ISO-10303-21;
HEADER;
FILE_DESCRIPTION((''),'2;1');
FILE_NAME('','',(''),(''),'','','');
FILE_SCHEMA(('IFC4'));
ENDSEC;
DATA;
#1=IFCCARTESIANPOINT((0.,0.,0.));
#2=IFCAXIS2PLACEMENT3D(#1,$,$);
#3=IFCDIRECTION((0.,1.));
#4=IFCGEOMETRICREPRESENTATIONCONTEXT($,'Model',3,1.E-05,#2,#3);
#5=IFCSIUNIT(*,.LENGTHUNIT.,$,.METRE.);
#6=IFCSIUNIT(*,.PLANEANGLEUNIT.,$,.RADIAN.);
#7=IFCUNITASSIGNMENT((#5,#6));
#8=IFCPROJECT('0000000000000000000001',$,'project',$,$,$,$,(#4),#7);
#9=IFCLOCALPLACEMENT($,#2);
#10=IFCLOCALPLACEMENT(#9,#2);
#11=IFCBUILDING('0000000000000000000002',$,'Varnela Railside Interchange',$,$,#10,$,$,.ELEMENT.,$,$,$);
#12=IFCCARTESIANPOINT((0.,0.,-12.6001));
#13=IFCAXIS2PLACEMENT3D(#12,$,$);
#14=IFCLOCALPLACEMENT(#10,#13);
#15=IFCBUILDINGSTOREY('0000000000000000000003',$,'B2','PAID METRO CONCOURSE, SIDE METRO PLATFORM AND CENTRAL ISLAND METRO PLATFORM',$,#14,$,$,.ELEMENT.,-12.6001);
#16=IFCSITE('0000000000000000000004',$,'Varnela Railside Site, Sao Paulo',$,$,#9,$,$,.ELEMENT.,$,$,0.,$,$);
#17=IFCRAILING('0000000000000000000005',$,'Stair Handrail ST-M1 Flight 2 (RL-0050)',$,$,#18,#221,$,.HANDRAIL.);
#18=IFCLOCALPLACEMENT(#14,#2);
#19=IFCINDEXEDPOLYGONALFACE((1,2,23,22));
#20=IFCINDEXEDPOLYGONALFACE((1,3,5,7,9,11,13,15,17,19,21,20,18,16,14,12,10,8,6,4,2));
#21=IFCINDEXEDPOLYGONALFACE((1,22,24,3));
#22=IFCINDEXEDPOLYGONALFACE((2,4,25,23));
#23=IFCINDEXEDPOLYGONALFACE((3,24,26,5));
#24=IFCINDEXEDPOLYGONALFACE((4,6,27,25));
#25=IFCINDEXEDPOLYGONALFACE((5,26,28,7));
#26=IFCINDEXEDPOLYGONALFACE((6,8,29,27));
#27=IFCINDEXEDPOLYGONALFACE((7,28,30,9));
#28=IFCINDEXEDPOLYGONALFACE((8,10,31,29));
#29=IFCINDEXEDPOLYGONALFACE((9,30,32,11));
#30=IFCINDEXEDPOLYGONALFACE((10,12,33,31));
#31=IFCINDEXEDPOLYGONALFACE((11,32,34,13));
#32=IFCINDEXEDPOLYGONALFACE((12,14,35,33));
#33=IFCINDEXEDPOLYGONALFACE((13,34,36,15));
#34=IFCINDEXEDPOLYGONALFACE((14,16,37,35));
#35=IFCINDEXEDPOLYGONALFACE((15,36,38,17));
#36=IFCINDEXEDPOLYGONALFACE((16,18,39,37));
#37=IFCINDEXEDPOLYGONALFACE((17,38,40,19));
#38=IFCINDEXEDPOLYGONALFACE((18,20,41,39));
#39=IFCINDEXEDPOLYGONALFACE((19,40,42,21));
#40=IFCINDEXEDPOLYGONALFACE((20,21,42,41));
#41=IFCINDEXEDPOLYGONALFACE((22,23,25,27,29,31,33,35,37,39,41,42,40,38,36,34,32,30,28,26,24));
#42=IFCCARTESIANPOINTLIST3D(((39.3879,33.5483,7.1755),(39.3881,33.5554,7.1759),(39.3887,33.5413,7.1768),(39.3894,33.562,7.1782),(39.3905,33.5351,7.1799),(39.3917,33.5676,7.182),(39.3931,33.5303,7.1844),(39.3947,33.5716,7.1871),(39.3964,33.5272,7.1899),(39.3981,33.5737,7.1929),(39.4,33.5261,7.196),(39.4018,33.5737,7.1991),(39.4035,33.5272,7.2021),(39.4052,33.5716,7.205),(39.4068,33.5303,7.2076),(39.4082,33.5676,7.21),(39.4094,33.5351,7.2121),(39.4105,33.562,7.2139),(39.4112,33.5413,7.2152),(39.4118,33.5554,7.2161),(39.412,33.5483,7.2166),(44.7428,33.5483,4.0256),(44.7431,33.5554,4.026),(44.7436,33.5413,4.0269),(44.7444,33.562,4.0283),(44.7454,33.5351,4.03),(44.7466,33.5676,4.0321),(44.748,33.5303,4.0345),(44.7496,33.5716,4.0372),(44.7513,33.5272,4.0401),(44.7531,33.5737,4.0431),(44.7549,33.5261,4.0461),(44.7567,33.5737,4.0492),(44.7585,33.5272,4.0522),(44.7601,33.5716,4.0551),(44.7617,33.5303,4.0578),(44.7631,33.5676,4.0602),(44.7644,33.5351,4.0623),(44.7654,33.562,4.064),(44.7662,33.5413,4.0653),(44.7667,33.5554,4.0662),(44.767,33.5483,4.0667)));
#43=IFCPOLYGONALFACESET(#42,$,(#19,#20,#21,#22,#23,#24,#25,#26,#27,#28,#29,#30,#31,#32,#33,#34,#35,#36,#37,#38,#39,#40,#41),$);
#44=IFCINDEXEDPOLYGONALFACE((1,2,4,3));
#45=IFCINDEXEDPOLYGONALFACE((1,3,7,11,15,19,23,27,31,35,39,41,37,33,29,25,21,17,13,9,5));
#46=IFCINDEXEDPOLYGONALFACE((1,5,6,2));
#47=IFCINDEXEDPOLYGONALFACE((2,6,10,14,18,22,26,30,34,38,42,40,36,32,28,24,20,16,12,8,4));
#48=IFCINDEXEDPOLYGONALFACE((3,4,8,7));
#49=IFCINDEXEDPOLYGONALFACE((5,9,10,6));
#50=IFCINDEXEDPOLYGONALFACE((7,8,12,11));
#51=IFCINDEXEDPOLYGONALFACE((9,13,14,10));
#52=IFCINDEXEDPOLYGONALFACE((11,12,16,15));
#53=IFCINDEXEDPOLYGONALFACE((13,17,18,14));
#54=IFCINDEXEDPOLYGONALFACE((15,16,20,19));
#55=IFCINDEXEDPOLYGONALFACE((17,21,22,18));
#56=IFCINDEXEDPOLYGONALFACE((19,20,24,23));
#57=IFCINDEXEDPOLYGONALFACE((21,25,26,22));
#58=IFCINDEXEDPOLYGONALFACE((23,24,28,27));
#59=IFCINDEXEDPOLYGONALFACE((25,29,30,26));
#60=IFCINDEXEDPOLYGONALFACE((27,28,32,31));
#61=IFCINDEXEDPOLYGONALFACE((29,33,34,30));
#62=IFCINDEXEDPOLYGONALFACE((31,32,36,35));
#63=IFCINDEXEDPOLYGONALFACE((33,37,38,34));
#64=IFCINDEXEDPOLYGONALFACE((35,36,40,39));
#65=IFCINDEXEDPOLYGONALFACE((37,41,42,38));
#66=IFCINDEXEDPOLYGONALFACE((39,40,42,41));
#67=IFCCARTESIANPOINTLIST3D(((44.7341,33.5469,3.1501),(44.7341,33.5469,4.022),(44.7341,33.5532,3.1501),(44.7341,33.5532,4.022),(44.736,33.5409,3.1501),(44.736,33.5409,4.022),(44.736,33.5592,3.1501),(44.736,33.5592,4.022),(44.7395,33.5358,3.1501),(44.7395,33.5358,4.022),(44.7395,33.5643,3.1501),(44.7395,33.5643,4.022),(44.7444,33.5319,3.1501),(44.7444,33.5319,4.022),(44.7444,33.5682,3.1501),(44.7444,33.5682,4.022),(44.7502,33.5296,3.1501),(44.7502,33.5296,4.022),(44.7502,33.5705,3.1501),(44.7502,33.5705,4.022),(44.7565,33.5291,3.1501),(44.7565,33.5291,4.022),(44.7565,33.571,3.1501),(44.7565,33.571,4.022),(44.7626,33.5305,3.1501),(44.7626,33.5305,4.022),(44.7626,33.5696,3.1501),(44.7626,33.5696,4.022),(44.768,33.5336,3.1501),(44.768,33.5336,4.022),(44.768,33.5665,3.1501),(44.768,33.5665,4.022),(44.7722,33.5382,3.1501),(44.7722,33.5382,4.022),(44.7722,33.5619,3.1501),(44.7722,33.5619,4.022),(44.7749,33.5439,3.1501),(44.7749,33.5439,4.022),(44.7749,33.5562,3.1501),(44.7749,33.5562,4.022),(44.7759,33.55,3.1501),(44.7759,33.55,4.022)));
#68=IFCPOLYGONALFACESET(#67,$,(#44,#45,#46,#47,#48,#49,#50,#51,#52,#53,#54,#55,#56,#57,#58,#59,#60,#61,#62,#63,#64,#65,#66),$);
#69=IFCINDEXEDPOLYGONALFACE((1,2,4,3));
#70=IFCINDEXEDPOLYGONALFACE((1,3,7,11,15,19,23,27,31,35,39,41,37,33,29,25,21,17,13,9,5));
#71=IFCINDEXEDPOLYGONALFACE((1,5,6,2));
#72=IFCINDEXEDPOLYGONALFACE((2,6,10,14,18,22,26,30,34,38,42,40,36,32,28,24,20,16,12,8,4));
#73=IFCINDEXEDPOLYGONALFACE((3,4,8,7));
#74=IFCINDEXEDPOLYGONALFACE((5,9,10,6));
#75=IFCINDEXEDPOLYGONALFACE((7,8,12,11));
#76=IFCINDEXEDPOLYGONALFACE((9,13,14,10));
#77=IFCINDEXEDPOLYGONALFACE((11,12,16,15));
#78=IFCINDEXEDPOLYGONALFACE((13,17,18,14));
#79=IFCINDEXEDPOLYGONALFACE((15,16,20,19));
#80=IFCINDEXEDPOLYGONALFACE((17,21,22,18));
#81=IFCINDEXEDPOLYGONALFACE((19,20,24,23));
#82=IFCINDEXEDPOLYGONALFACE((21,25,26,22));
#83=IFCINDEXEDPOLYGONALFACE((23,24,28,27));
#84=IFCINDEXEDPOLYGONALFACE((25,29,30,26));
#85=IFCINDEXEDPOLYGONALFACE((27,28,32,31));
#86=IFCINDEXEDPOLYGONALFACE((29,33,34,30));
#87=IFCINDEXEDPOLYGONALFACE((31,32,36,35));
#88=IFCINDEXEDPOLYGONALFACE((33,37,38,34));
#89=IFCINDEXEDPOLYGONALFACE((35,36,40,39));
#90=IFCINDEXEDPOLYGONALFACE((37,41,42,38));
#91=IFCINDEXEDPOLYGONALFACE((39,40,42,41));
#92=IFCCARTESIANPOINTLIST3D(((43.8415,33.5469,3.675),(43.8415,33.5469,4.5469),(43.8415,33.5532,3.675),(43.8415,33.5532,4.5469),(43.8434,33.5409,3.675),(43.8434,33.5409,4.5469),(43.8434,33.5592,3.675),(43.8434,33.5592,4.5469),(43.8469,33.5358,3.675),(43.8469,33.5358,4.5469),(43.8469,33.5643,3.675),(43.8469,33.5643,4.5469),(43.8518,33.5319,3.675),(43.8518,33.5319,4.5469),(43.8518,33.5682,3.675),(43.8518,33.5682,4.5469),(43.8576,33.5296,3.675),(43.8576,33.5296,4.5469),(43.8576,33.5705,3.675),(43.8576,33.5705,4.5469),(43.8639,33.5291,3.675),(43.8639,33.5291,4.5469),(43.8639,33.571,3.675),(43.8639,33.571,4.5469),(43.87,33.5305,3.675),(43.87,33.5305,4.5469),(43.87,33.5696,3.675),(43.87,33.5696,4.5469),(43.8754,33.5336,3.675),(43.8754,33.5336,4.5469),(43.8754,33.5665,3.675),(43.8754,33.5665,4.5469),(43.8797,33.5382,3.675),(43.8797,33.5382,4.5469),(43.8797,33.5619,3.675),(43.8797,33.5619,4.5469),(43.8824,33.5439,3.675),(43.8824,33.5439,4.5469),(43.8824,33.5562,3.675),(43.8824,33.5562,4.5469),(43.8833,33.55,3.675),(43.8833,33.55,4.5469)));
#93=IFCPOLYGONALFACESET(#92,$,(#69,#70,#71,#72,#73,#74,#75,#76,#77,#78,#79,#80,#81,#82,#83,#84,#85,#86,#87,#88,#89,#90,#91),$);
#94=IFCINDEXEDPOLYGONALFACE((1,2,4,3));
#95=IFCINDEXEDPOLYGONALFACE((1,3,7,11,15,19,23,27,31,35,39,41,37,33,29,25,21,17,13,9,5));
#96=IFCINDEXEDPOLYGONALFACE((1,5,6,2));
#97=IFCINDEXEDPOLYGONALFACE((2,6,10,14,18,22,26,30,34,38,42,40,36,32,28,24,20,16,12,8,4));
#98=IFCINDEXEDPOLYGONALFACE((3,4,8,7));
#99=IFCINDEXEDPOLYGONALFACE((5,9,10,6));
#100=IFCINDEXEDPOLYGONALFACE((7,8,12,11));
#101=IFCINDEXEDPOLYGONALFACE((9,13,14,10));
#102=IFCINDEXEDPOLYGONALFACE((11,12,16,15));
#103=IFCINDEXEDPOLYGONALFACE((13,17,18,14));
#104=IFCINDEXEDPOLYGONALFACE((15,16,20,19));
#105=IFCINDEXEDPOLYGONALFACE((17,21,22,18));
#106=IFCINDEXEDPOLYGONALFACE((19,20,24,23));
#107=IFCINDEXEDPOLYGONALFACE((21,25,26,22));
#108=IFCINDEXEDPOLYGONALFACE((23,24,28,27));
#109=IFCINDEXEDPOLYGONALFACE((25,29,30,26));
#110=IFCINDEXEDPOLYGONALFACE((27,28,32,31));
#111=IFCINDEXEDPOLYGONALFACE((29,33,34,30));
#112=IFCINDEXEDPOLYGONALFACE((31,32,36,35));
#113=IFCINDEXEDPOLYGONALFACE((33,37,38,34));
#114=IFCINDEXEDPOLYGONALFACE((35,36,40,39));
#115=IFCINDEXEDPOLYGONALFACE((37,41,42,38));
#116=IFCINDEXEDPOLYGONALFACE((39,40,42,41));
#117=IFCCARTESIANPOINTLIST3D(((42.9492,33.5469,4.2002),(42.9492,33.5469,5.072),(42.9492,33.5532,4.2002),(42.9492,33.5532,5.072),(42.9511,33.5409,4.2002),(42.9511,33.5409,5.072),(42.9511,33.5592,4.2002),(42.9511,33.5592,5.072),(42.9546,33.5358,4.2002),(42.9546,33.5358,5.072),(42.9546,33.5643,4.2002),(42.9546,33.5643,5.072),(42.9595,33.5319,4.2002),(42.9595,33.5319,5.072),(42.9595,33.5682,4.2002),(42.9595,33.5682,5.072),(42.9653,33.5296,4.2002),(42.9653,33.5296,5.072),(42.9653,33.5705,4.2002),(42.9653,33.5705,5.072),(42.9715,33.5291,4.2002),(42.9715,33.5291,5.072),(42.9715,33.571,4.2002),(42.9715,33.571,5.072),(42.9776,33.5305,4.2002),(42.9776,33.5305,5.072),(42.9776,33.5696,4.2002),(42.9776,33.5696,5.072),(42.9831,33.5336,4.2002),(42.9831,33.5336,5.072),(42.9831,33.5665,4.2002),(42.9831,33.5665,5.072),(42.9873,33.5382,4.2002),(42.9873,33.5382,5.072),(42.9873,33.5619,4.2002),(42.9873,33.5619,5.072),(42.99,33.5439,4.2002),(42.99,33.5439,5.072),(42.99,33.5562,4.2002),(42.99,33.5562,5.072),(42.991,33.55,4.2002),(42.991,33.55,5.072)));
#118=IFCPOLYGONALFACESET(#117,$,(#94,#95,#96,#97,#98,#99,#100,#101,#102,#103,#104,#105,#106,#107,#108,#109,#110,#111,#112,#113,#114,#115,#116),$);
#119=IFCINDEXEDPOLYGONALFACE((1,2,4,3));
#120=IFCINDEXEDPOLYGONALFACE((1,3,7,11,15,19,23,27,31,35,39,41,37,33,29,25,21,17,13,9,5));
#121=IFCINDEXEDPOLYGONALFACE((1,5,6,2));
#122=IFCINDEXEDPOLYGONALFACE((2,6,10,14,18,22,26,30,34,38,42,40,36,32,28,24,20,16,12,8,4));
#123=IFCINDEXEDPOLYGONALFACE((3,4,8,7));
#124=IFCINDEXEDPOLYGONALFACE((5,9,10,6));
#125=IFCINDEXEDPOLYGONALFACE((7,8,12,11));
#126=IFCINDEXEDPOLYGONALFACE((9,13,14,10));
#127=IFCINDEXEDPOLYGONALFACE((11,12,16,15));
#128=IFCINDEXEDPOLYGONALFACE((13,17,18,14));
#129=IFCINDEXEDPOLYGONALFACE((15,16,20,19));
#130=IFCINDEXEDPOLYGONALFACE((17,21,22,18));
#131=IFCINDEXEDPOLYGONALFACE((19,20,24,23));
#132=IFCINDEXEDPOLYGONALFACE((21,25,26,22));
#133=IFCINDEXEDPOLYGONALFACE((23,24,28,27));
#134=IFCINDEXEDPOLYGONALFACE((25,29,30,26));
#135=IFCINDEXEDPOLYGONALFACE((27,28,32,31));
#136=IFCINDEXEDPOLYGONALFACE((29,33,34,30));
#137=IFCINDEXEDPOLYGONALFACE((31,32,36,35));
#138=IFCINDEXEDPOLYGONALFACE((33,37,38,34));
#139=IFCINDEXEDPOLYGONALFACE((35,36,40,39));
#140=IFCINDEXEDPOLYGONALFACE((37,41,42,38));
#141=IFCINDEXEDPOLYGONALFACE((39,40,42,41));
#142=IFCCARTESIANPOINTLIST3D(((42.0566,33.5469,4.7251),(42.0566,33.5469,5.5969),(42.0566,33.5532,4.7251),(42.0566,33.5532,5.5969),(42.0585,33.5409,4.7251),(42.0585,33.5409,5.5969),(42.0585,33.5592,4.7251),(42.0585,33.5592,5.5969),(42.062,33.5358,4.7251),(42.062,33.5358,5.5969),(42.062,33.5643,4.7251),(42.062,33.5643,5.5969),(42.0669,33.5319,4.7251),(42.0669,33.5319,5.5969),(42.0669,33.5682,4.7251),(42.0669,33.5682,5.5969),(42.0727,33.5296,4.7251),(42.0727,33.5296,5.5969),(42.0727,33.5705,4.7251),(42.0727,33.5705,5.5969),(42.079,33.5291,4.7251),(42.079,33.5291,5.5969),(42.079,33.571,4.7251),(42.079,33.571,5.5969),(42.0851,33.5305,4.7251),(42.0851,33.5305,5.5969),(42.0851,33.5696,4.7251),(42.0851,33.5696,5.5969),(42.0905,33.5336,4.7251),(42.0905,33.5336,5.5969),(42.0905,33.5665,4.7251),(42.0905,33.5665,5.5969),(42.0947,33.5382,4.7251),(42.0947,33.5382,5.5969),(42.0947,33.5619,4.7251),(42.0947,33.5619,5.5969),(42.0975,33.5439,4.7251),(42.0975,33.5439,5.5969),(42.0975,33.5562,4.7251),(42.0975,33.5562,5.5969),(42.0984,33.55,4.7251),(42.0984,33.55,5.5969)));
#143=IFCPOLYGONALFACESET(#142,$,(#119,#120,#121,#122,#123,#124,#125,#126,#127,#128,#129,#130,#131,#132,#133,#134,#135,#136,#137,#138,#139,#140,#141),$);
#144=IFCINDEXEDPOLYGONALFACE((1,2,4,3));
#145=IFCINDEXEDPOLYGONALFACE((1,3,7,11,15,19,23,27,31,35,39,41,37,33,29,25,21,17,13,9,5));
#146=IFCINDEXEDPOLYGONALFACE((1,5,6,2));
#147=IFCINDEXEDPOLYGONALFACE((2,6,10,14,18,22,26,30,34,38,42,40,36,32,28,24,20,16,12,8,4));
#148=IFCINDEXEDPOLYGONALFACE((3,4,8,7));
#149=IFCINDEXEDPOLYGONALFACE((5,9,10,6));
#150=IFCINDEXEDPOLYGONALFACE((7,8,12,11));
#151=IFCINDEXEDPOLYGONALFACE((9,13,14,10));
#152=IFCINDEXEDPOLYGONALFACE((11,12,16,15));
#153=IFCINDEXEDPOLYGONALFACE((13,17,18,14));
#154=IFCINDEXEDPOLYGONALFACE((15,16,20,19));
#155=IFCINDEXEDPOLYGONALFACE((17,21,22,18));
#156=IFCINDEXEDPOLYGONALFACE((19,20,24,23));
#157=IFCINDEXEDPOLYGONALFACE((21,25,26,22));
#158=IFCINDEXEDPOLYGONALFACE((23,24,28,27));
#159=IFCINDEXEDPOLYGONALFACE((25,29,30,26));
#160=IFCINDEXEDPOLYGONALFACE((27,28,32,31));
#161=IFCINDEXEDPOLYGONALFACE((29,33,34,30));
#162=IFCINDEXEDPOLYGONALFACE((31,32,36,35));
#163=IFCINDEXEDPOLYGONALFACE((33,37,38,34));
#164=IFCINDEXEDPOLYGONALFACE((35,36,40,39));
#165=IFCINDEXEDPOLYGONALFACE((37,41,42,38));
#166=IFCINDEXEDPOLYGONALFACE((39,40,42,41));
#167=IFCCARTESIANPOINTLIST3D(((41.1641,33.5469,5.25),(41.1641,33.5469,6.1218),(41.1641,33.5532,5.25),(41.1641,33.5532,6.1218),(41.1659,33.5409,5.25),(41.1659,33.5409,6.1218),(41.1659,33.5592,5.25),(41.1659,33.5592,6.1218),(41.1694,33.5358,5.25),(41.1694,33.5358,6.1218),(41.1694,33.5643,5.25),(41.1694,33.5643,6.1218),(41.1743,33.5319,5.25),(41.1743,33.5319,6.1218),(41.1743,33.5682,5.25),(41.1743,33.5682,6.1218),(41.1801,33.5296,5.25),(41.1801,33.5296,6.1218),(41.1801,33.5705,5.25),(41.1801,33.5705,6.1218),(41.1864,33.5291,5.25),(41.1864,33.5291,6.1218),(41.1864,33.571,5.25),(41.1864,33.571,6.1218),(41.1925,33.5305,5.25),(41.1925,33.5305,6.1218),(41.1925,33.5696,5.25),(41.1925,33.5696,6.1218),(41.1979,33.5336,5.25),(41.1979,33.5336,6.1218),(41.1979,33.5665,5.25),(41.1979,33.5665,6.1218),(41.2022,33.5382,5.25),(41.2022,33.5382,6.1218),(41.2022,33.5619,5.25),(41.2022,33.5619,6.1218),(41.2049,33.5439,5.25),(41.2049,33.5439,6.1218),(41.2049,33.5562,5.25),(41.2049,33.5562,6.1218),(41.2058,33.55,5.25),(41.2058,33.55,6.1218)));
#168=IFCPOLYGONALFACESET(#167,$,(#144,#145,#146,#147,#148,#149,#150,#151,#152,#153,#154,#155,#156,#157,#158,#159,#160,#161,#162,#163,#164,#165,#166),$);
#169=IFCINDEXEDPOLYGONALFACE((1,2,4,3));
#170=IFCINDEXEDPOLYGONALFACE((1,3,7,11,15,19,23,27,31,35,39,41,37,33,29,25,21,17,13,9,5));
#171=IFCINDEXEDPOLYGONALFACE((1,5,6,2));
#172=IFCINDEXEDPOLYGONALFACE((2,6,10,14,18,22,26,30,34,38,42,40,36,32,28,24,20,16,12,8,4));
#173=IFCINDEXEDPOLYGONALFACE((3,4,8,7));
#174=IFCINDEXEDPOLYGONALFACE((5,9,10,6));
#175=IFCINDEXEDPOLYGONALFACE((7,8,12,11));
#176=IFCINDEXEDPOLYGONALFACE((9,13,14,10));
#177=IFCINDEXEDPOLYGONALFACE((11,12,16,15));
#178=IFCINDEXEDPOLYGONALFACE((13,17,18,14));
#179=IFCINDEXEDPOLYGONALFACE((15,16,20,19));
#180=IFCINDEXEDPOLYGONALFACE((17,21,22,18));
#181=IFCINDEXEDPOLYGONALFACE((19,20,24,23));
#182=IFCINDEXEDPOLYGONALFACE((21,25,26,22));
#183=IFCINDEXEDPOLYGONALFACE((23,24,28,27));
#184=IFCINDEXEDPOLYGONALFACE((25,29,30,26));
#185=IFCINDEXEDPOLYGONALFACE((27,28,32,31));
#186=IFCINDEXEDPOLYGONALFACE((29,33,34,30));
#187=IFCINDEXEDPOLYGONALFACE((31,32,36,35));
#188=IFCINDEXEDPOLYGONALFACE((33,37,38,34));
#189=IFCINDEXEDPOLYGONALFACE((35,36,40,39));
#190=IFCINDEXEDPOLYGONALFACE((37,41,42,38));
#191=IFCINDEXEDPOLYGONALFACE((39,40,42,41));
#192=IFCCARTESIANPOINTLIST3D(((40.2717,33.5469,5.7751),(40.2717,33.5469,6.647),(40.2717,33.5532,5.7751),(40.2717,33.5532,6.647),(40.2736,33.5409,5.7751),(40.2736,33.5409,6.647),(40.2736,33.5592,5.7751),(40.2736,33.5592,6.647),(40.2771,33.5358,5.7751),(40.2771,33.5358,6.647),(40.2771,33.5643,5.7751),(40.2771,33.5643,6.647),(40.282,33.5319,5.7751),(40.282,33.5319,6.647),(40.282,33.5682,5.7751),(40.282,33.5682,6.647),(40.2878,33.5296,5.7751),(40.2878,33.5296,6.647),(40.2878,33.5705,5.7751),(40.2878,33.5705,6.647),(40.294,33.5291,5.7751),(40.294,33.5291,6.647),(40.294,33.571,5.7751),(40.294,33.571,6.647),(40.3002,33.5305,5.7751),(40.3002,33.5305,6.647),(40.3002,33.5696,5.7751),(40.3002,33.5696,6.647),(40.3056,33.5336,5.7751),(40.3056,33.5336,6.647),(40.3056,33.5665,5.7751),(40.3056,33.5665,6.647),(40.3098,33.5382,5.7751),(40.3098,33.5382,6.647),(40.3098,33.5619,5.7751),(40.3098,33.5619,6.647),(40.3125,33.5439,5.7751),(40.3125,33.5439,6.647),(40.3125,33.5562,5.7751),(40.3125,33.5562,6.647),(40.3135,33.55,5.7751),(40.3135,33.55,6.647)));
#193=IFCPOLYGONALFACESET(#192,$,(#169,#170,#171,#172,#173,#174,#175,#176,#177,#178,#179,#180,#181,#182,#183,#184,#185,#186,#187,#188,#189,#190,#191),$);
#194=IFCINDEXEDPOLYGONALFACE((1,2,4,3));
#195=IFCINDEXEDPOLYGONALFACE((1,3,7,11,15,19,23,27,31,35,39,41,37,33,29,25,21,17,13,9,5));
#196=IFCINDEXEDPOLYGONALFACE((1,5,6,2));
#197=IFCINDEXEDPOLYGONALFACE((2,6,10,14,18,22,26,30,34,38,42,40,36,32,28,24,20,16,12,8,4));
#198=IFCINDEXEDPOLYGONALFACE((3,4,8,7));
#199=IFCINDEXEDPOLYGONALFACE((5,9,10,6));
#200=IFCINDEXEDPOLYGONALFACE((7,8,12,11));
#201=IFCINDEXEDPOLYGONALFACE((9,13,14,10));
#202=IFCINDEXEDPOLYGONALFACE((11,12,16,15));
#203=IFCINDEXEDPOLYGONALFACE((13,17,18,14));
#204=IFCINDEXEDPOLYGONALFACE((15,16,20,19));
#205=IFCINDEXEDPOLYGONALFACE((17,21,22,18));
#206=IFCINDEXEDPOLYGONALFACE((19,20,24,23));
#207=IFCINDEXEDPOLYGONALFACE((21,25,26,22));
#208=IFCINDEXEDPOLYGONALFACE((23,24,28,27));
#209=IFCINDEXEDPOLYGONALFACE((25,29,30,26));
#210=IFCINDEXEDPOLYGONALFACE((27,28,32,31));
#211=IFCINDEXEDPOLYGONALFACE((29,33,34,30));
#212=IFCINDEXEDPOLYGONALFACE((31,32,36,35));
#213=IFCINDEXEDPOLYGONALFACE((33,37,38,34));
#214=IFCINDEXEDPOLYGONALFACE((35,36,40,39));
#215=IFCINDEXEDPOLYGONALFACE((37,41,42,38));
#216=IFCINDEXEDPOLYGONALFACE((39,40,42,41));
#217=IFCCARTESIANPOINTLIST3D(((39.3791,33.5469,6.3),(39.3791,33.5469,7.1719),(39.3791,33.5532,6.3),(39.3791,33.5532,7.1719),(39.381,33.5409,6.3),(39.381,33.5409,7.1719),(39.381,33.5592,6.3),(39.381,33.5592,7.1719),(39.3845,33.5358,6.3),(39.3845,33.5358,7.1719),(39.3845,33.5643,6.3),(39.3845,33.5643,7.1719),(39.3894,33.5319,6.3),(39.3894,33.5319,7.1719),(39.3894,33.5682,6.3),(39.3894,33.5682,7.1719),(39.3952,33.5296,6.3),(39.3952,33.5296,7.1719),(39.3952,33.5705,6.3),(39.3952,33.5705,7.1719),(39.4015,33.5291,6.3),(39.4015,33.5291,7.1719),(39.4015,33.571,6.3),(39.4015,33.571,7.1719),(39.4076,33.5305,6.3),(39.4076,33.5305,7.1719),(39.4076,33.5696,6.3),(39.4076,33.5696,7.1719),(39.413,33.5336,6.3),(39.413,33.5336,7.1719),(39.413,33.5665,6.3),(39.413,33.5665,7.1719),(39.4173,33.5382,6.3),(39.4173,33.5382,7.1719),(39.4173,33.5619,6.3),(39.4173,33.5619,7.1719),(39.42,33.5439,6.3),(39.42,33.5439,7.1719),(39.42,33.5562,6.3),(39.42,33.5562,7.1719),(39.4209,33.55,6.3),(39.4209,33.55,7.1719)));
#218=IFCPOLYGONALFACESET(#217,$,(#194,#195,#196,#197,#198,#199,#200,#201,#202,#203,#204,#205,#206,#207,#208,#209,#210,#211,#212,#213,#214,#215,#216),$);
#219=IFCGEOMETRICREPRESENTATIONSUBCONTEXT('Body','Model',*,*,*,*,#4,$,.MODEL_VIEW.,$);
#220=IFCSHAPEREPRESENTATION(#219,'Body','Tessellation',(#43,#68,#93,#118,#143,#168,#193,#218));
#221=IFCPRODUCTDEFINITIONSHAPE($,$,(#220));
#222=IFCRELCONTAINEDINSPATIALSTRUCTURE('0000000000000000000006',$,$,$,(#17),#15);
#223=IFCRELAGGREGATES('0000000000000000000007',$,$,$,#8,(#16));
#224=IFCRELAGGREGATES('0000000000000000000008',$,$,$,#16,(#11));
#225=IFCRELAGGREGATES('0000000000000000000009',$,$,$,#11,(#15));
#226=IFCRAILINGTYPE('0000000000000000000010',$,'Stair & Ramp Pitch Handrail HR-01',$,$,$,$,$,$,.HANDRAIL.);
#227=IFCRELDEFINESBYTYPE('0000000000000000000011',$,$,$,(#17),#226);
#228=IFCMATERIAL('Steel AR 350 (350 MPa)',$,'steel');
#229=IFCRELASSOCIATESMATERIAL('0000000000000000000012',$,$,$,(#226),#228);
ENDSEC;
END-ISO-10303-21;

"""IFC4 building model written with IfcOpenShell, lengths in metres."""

from ifc_helpers import new_model, si_unit, direction, frame, origin, origin_2d, place, context, subcontext, project, spatial, circle, extrude, material, type_object, element, save


model = new_model("IFC4")

# Units and contexts
model_context = context("Model", 3, precision=1e-05, world=origin(), true_north=direction((0.0, 1.0)))
body_context = subcontext(model_context, "Body", "Model", "MODEL_VIEW")
ifc_project = project(units=[si_unit("LENGTHUNIT", "METRE"), si_unit("PLANEANGLEUNIT", "RADIAN")], contexts=[model_context])

# Site, building, storey
site_placement = place(None, origin())
site = spatial("IfcSite", under=ifc_project, at=site_placement, Name="Varnela Railside Site, Sao Paulo", CompositionType="ELEMENT", RefElevation=0.0)
building_placement = place(site_placement, origin())
building = spatial("IfcBuilding", under=site, at=building_placement, Name="Varnela Railside Interchange", CompositionType="ELEMENT")
storey_placement = place(building_placement, frame((0.0, 0.0, -12.6001)))
storey = spatial("IfcBuildingStorey", under=building, at=storey_placement, Name="B2", Description="PAID METRO CONCOURSE, SIDE METRO PLATFORM AND CENTRAL ISLAND METRO PLATFORM", CompositionType="ELEMENT", Elevation=-12.6001)

# Railing
ifc_material_1 = material(Name="Steel AR 350 (350 MPa)", Category="steel")
railing_type_1 = type_object("IfcRailingType", Name="Stair & Ramp Pitch Handrail HR-01", PredefinedType="HANDRAIL", material=ifc_material_1)
railing_1_placement = place(storey_placement, frame((44.7549, 33.55, 3.1501)))
element("IfcRailing", 1, at=railing_1_placement, inside=storey, type_object=railing_type_1, Name="Stair Handrail ST-M1 Flight 2 (RL-0050)", PredefinedType="HANDRAIL", context=body_context, shape_type="SweptSolid", body=[
    extrude(circle(Radius=0.0239, at=origin_2d()), frame((0.0, 0.0, 0.896), z_axis=(-0.86194, 0.0, 0.50701), x_axis=(0.0, -1.0, 0.0)), (0.0, 0.0, 1.0), 6.2126),
    extrude(circle(Radius=0.021, at=origin_2d()), origin(), (0.0, 0.0, 1.0), 0.8718),
    extrude(circle(Radius=0.021, at=origin_2d()), frame((-0.8926, 0.0, 0.5249)), (0.0, 0.0, 1.0), 0.8718),
    extrude(circle(Radius=0.021, at=origin_2d()), frame((-1.7849, 0.0, 1.05)), (0.0, 0.0, 1.0), 0.8718),
    extrude(circle(Radius=0.021, at=origin_2d()), frame((-2.6775, 0.0, 1.575)), (0.0, 0.0, 1.0), 0.8718),
    extrude(circle(Radius=0.021, at=origin_2d()), frame((-3.5701, 0.0, 2.0999)), (0.0, 0.0, 1.0), 0.8718),
    extrude(circle(Radius=0.021, at=origin_2d()), frame((-4.4624, 0.0, 2.625)), (0.0, 0.0, 1.0), 0.8718),
    extrude(circle(Radius=0.021, at=origin_2d()), frame((-5.355, 0.0, 3.1499)), (0.0, 0.0, 1.0), 0.8718),
])

save(model, "model.ifc")
